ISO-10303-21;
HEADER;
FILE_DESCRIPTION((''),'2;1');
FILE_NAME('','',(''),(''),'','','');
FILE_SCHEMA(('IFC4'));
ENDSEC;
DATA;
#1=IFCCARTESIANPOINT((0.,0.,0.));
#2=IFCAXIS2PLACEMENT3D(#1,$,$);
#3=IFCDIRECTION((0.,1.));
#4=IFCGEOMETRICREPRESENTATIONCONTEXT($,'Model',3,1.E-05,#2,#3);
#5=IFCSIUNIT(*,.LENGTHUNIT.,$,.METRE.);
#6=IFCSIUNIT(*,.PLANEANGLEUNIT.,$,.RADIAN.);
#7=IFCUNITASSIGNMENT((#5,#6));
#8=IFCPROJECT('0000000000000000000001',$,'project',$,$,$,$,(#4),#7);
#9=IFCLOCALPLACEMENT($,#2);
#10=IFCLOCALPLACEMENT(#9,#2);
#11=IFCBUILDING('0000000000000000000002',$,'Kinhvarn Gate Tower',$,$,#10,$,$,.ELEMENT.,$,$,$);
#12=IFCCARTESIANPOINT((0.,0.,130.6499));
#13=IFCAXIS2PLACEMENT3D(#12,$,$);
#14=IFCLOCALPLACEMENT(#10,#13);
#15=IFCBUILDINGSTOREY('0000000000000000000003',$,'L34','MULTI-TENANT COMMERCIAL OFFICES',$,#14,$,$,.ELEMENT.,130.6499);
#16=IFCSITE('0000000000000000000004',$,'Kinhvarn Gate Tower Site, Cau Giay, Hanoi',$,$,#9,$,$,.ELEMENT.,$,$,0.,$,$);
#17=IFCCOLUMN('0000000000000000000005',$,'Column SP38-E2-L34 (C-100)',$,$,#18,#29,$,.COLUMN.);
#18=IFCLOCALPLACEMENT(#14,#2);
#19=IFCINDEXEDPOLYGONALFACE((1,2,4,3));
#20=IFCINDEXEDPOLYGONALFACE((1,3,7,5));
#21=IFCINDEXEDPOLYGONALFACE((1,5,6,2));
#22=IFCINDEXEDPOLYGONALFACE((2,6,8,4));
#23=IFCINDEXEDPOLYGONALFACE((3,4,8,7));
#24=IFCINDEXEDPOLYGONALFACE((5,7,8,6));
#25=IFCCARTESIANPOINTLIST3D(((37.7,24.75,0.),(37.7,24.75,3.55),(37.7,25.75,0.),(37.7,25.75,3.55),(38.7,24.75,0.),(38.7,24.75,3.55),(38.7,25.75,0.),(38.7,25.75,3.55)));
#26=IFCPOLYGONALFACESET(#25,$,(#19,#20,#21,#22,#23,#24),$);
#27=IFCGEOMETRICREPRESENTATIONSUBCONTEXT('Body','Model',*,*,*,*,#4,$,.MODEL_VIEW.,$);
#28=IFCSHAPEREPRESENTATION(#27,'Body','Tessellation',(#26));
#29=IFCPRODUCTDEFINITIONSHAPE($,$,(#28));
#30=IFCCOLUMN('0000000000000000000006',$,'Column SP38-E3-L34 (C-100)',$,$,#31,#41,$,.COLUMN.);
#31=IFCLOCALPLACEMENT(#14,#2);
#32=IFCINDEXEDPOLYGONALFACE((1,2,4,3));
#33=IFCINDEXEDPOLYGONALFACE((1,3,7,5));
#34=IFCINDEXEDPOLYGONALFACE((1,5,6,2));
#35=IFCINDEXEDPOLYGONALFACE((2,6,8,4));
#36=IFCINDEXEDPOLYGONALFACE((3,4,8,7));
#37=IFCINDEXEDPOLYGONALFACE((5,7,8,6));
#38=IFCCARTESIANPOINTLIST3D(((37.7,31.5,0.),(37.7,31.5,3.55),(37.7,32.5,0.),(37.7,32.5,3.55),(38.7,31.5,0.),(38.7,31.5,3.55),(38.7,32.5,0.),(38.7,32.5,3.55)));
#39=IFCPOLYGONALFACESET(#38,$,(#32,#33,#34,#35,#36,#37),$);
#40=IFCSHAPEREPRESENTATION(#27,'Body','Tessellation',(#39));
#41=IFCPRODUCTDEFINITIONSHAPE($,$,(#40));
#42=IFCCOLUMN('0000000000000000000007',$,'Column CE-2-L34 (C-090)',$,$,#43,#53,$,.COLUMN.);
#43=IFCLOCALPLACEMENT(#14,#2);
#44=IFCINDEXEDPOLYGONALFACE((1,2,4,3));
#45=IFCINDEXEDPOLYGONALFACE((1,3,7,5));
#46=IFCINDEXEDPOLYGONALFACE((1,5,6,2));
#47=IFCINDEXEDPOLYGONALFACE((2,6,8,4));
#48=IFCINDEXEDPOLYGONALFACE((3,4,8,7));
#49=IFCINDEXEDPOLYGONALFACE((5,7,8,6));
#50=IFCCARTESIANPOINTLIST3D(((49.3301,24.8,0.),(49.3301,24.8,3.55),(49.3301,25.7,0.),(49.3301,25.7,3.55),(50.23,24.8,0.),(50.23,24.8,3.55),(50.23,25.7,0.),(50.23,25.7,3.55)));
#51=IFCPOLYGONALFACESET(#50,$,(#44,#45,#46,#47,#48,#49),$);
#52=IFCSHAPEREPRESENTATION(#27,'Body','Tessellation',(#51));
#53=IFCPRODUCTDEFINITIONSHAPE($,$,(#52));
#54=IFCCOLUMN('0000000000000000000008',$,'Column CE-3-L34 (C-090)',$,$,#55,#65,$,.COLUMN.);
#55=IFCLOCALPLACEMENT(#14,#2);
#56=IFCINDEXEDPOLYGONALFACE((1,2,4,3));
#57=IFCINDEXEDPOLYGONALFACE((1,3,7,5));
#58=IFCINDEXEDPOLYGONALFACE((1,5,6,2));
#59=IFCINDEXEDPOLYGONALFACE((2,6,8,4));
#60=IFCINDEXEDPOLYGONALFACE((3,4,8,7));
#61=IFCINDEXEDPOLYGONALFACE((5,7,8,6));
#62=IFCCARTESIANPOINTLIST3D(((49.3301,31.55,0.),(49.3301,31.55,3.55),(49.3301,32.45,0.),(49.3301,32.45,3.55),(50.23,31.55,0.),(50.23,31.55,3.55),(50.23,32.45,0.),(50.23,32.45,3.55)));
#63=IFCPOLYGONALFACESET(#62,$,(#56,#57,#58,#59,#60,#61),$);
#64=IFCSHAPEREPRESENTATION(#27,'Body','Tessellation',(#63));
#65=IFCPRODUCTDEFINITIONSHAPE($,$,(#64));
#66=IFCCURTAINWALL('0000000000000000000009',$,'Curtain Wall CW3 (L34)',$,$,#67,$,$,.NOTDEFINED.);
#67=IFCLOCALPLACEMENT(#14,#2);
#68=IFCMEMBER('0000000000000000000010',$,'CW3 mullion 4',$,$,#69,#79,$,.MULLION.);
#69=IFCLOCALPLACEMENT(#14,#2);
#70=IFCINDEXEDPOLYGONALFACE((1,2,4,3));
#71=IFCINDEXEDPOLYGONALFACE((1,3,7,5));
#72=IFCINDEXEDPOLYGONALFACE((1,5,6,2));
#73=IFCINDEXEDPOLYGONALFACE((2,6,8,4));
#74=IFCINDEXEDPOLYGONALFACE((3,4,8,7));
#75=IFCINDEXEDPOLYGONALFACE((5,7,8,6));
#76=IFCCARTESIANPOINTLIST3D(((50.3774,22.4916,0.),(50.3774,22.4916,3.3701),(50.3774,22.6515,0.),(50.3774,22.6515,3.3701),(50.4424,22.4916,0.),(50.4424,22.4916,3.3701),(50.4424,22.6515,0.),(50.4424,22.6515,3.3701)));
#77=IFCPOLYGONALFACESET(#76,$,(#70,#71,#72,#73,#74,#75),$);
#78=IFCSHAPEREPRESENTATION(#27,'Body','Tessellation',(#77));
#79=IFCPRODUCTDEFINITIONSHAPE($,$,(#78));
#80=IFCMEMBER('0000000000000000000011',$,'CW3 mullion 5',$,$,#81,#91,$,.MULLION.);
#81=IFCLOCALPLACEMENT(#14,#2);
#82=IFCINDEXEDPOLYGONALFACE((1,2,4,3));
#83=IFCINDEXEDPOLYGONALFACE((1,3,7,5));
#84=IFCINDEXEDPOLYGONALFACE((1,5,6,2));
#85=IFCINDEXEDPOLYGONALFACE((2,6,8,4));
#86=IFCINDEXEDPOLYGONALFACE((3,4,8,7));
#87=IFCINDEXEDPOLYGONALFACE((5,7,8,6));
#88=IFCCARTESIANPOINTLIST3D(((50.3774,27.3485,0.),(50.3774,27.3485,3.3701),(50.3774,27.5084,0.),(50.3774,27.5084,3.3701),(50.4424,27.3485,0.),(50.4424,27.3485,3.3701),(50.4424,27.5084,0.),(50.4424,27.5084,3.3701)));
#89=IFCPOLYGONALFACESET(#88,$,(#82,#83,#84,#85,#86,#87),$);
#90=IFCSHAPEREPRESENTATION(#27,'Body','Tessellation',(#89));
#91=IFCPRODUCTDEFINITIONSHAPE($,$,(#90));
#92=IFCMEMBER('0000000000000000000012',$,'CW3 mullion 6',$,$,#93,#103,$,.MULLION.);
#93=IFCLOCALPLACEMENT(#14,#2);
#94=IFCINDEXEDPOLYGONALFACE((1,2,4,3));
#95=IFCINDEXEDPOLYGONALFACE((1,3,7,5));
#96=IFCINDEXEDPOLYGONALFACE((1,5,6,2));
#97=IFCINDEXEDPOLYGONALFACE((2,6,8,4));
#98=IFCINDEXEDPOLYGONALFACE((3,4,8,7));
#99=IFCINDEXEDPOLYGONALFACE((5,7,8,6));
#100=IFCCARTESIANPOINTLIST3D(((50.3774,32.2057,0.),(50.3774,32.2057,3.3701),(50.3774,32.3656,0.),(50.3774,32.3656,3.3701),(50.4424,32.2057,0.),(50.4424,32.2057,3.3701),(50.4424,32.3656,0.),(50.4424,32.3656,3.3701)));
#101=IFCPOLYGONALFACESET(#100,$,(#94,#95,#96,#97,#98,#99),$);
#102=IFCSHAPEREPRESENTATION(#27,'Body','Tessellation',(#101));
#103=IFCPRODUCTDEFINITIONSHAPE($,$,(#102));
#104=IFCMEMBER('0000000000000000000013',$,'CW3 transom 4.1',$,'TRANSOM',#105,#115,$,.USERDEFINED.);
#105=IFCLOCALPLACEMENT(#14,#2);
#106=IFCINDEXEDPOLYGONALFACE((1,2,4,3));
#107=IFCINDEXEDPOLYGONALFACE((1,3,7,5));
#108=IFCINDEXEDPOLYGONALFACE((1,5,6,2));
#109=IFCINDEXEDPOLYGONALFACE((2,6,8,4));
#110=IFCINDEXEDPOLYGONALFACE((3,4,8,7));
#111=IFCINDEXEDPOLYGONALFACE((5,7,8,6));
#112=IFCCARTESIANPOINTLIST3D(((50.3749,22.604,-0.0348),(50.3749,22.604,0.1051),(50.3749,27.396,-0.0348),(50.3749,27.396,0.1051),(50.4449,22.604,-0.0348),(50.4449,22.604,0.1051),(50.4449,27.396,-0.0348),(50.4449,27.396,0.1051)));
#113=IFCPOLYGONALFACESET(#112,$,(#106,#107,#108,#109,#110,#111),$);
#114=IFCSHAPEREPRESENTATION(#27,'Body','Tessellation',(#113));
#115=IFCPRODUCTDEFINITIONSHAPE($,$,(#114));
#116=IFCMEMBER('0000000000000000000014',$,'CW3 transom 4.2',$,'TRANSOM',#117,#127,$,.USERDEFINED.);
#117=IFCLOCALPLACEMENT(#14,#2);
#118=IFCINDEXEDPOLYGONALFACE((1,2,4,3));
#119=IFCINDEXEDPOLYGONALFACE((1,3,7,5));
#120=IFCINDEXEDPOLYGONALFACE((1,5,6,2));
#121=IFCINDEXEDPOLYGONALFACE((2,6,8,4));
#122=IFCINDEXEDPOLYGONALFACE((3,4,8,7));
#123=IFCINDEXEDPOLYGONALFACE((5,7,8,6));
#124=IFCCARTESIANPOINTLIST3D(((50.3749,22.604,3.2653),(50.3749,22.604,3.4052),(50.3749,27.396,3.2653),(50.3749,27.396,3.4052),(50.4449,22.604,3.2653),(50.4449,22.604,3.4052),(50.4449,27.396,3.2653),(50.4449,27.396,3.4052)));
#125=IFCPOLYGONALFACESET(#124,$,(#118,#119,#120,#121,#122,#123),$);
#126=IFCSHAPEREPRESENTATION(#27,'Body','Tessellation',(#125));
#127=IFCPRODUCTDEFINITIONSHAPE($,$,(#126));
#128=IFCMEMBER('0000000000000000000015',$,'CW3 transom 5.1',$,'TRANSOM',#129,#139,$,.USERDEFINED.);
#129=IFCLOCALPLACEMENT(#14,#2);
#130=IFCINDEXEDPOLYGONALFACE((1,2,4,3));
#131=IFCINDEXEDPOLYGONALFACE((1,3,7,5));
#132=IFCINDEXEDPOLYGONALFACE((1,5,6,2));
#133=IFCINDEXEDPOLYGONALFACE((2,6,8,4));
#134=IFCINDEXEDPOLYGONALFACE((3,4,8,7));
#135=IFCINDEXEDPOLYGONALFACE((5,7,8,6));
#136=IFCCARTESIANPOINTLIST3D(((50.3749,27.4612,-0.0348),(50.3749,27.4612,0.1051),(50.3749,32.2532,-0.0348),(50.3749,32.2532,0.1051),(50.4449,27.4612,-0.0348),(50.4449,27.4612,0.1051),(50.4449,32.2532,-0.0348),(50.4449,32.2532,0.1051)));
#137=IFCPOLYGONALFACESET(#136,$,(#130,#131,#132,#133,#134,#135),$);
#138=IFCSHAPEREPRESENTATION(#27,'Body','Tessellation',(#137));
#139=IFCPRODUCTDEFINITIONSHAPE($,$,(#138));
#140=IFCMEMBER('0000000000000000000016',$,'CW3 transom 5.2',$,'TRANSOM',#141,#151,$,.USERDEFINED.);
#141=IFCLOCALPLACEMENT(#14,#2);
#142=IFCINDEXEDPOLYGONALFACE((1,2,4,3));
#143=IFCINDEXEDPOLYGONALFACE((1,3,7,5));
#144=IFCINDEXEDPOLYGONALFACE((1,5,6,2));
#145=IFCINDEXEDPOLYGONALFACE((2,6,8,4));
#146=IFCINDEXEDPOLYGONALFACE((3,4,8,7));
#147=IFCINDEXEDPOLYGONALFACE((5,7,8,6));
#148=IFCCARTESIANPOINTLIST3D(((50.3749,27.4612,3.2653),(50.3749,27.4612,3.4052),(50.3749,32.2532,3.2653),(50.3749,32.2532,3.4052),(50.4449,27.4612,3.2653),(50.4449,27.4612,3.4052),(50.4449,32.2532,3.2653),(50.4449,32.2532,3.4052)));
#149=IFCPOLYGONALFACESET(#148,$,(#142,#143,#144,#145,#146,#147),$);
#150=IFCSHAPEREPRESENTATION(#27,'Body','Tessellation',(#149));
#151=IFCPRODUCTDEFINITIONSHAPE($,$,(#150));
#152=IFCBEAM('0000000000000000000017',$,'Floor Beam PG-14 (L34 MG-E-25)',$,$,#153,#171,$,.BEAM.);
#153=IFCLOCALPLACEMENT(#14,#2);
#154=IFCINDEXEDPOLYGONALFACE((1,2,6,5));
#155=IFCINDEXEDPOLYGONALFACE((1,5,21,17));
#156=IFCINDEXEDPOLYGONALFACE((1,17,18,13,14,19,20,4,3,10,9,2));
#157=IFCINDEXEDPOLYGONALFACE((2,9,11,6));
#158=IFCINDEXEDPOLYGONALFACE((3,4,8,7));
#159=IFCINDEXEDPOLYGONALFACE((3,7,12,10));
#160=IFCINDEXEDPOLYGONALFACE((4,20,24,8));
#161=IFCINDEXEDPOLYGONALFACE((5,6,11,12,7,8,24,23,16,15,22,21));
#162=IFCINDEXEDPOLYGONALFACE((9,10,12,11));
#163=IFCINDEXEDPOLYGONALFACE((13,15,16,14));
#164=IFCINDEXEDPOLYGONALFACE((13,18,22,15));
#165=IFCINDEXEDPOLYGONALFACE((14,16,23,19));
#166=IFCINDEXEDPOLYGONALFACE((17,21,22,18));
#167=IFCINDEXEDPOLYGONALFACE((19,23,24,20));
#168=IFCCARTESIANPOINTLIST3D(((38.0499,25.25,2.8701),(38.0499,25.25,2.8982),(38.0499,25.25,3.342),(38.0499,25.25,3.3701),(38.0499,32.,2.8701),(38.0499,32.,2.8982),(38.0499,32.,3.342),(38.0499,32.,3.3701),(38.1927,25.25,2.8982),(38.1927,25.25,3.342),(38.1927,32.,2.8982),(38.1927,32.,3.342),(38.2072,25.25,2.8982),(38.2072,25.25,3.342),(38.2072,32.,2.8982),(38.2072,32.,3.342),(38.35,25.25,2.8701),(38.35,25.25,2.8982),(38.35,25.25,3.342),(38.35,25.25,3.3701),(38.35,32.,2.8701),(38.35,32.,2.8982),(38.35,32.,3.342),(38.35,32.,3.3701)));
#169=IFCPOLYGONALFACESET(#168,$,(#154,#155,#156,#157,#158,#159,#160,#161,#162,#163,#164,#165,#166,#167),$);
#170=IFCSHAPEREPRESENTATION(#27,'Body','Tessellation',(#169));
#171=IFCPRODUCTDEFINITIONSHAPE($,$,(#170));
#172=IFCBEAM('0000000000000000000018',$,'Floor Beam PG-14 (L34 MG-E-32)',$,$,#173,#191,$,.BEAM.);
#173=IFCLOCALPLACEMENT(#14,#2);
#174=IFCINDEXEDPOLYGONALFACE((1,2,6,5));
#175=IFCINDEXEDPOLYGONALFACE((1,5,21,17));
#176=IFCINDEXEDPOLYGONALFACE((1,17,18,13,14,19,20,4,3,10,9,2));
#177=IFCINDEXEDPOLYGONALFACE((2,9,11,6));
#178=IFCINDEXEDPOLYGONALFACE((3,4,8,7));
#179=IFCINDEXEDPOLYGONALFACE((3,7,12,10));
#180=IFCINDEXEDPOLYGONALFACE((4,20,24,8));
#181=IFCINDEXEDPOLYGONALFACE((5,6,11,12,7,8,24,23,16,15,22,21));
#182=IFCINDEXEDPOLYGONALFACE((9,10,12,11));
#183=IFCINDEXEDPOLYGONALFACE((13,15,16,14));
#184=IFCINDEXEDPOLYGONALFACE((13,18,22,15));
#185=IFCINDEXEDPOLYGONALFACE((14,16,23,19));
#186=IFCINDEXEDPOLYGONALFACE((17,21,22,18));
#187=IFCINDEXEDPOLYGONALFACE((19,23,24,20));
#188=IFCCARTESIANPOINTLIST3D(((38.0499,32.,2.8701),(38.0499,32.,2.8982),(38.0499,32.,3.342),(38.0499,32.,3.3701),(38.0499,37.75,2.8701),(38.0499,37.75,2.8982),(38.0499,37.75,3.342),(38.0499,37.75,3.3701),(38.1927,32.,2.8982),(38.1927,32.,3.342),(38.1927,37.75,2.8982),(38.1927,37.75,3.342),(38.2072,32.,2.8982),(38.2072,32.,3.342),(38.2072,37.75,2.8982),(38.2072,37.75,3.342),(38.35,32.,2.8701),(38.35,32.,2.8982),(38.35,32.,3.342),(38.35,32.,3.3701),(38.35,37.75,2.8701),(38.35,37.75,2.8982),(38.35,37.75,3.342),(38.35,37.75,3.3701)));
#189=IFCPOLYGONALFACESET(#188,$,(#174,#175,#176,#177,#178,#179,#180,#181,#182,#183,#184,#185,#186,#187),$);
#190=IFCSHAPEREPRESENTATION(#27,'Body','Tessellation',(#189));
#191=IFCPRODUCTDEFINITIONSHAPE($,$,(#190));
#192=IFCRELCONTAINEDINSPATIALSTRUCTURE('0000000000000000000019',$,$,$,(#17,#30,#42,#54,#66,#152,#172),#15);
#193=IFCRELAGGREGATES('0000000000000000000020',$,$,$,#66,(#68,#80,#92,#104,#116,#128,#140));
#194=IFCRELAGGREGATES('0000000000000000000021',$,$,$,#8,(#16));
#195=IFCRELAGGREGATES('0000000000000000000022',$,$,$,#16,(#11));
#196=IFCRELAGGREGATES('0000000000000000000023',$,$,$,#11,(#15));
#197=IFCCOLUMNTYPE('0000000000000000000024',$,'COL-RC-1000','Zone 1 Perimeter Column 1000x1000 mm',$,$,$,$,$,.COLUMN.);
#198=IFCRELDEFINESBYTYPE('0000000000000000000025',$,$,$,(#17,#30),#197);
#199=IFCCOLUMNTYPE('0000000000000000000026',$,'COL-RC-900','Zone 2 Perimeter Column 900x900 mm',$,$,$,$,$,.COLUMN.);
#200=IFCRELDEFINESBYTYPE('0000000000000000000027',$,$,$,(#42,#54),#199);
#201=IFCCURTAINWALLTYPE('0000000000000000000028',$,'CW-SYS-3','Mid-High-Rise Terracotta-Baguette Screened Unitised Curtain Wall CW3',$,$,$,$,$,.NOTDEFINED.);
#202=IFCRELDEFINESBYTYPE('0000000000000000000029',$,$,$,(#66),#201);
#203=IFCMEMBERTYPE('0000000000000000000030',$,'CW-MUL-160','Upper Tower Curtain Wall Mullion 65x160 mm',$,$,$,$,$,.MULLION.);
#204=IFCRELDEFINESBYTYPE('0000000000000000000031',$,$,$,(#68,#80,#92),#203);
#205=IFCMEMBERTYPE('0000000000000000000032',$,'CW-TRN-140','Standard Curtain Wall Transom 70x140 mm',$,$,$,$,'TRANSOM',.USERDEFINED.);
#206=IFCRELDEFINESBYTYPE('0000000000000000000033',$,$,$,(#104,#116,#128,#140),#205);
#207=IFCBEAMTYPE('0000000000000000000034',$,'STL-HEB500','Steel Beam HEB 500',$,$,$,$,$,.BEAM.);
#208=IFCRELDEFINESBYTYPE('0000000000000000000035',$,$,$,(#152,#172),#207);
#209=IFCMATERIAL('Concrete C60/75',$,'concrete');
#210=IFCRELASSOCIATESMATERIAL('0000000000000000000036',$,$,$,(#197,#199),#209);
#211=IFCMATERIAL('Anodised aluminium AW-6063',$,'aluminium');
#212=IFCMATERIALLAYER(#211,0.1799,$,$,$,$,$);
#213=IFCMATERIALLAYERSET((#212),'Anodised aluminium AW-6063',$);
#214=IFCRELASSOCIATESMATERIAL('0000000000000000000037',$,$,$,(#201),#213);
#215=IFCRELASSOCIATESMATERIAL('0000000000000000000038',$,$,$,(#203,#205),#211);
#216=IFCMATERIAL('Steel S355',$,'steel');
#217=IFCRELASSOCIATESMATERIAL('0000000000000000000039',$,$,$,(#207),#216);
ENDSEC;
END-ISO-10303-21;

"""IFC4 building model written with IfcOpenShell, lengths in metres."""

from ifc_helpers import new_model, si_unit, direction, frame, origin, origin_2d, place, context, subcontext, project, spatial, rectangle, i_section, extrude, material, layer, layer_set, material_profile, profile_set, type_object, element, aggregate, save


model = new_model("IFC4")

# Units and contexts
model_context = context("Model", 3, precision=1e-05, world=origin(), true_north=direction((0.0, 1.0)))
body_context = subcontext(model_context, "Body", "Model", "MODEL_VIEW")
ifc_project = project(units=[si_unit("LENGTHUNIT", "METRE"), si_unit("PLANEANGLEUNIT", "RADIAN")], contexts=[model_context])

# Site, building, storey
site_placement = place(None, origin())
site = spatial("IfcSite", under=ifc_project, at=site_placement, Name="Kinhvarn Gate Tower Site, Cau Giay, Hanoi", CompositionType="ELEMENT", RefElevation=0.0)
building_placement = place(site_placement, origin())
building = spatial("IfcBuilding", under=site, at=building_placement, Name="Kinhvarn Gate Tower", CompositionType="ELEMENT")
storey_placement = place(building_placement, frame((0.0, 0.0, 130.6499)))
storey = spatial("IfcBuildingStorey", under=building, at=storey_placement, Name="L34", Description="MULTI-TENANT COMMERCIAL OFFICES", CompositionType="ELEMENT", Elevation=130.6499)

# Columns
ifc_material_1 = material(Name="Concrete C60/75", Category="concrete")
ifc_material_profile_1 = material_profile(ifc_material_1, rectangle(XDim=1.0, YDim=1.0, at=origin_2d()), Name="RC 1000x1000")
ifc_profile_set_1 = profile_set([ifc_material_profile_1], Name="Concrete C60/75")
column_type_1 = type_object("IfcColumnType", Name="COL-RC-1000", Description="Zone 1 Perimeter Column 1000x1000 mm", PredefinedType="COLUMN", material=ifc_profile_set_1)
for number, where, z_axis, x_axis, name in (
    (1, (38.2, 25.25, 0.0), (0.0, 0.0, 1.0), (1.0, 0.0, 0.0), "Column SP38-E2-L34 (C-100)"),
    (2, (38.2, 32.0, 0.0), (0.0, 0.0, 1.0), (1.0, 0.0, 0.0), "Column SP38-E3-L34 (C-100)"),
):
    element("IfcColumn", number, at=place(storey_placement, frame(where, z_axis=z_axis, x_axis=x_axis)), inside=storey, type_object=column_type_1, Name=name, PredefinedType="COLUMN", context=body_context, shape_type="SweptSolid", body=[
        extrude(rectangle(XDim=1.0, YDim=1.0, at=origin_2d()), origin(), (0.0, 0.0, 1.0), 3.55),
    ])
ifc_material_profile_2 = material_profile(ifc_material_1, rectangle(XDim=0.8999, YDim=0.8999, at=origin_2d()), Name="RC 900x900")
ifc_profile_set_2 = profile_set([ifc_material_profile_2], Name="Concrete C60/75")
column_type_2 = type_object("IfcColumnType", Name="COL-RC-900", Description="Zone 2 Perimeter Column 900x900 mm", PredefinedType="COLUMN", material=ifc_profile_set_2)
for number, where, z_axis, x_axis, name in (
    (3, (49.78, 25.25, 0.0), (0.0, 0.0, 1.0), (1.0, 0.0, 0.0), "Column CE-2-L34 (C-090)"),
    (4, (49.78, 32.0, 0.0), (0.0, 0.0, 1.0), (1.0, 0.0, 0.0), "Column CE-3-L34 (C-090)"),
):
    element("IfcColumn", number, at=place(storey_placement, frame(where, z_axis=z_axis, x_axis=x_axis)), inside=storey, type_object=column_type_2, Name=name, PredefinedType="COLUMN", context=body_context, shape_type="SweptSolid", body=[
        extrude(rectangle(XDim=0.8999, YDim=0.8999, at=origin_2d()), origin(), (0.0, 0.0, 1.0), 3.55),
    ])

# Curtain wall, members
ifc_material_2 = material(Name="Anodised aluminium AW-6063", Category="aluminium")
ifc_layer_1 = layer(ifc_material_2, 0.1799)
ifc_layer_set_1 = layer_set([ifc_layer_1], Name="Anodised aluminium AW-6063")
curtain_wall_type = type_object("IfcCurtainWallType", Name="CW-SYS-3", Description="Mid-High-Rise Terracotta-Baguette Screened Unitised Curtain Wall CW3", PredefinedType="NOTDEFINED", material=ifc_layer_set_1)
curtain_wall_placement = place(storey_placement, origin())
curtain_wall = element("IfcCurtainWall", 5, at=curtain_wall_placement, inside=storey, type_object=curtain_wall_type, Name="Curtain Wall CW3 (L34)", PredefinedType="NOTDEFINED")
ifc_material_profile_3 = material_profile(ifc_material_2, rectangle(XDim=0.0649, YDim=0.1599, at=origin_2d()), Name="ALU 65x160")
ifc_profile_set_3 = profile_set([ifc_material_profile_3], Name="Anodised aluminium AW-6063")
member_type_1 = type_object("IfcMemberType", Name="CW-MUL-160", Description="Upper Tower Curtain Wall Mullion 65x160 mm", PredefinedType="MULLION", material=ifc_profile_set_3)
member_1_placement = place(storey_placement, frame((50.4099, 22.5715, 0.0), z_axis=(0.0, 0.0, 1.0), x_axis=(-1.0, 0.0, 0.0)))
member_1 = element("IfcMember", 6, at=member_1_placement, type_object=member_type_1, Name="CW3 mullion 4", PredefinedType="MULLION", context=body_context, shape_type="SweptSolid", body=[
    extrude(rectangle(XDim=0.0649, YDim=0.1599, at=origin_2d()), origin(), (0.0, 0.0, 1.0), 3.3701),
])
member_2_placement = place(storey_placement, frame((50.4099, 27.4285, 0.0), z_axis=(0.0, 0.0, 1.0), x_axis=(-1.0, 0.0, 0.0)))
member_2 = element("IfcMember", 7, at=member_2_placement, type_object=member_type_1, Name="CW3 mullion 5", PredefinedType="MULLION", context=body_context, shape_type="SweptSolid", body=[
    extrude(rectangle(XDim=0.0649, YDim=0.1599, at=origin_2d()), origin(), (0.0, 0.0, 1.0), 3.3701),
])
member_3_placement = place(storey_placement, frame((50.4099, 32.2856, 0.0), z_axis=(0.0, 0.0, 1.0), x_axis=(-1.0, 0.0, 0.0)))
member_3 = element("IfcMember", 8, at=member_3_placement, type_object=member_type_1, Name="CW3 mullion 6", PredefinedType="MULLION", context=body_context, shape_type="SweptSolid", body=[
    extrude(rectangle(XDim=0.0649, YDim=0.1599, at=origin_2d()), origin(), (0.0, 0.0, 1.0), 3.3701),
])
ifc_material_profile_4 = material_profile(ifc_material_2, rectangle(XDim=0.0701, YDim=0.1399, at=origin_2d()), Name="ALU 70x140")
ifc_profile_set_4 = profile_set([ifc_material_profile_4], Name="Anodised aluminium AW-6063")
member_type_2 = type_object("IfcMemberType", Name="CW-TRN-140", Description="Standard Curtain Wall Transom 70x140 mm", ElementType="TRANSOM", PredefinedType="USERDEFINED", material=ifc_profile_set_4)
member_4_placement = place(storey_placement, frame((50.4099, 22.604, 0.0352), z_axis=(0.0, 1.0, 0.0), x_axis=(-1.0, 0.0, 0.0)))
member_4 = element("IfcMember", 9, at=member_4_placement, type_object=member_type_2, Name="CW3 transom 4.1", ObjectType="TRANSOM", PredefinedType="USERDEFINED", context=body_context, shape_type="SweptSolid", body=[
    extrude(rectangle(XDim=0.0701, YDim=0.1399, at=origin_2d()), origin(), (0.0, 0.0, 1.0), 4.792),
])
member_5_placement = place(storey_placement, frame((50.4099, 22.604, 3.3352), z_axis=(0.0, 1.0, 0.0), x_axis=(-1.0, 0.0, 0.0)))
member_5 = element("IfcMember", 10, at=member_5_placement, type_object=member_type_2, Name="CW3 transom 4.2", ObjectType="TRANSOM", PredefinedType="USERDEFINED", context=body_context, shape_type="SweptSolid", body=[
    extrude(rectangle(XDim=0.0701, YDim=0.1399, at=origin_2d()), origin(), (0.0, 0.0, 1.0), 4.792),
])
member_6_placement = place(storey_placement, frame((50.4099, 27.4612, 0.0352), z_axis=(0.0, 1.0, 0.0), x_axis=(-1.0, 0.0, 0.0)))
member_6 = element("IfcMember", 11, at=member_6_placement, type_object=member_type_2, Name="CW3 transom 5.1", ObjectType="TRANSOM", PredefinedType="USERDEFINED", context=body_context, shape_type="SweptSolid", body=[
    extrude(rectangle(XDim=0.0701, YDim=0.1399, at=origin_2d()), origin(), (0.0, 0.0, 1.0), 4.792),
])
member_7_placement = place(storey_placement, frame((50.4099, 27.4612, 3.3352), z_axis=(0.0, 1.0, 0.0), x_axis=(-1.0, 0.0, 0.0)))
member_7 = element("IfcMember", 12, at=member_7_placement, type_object=member_type_2, Name="CW3 transom 5.2", ObjectType="TRANSOM", PredefinedType="USERDEFINED", context=body_context, shape_type="SweptSolid", body=[
    extrude(rectangle(XDim=0.0701, YDim=0.1399, at=origin_2d()), origin(), (0.0, 0.0, 1.0), 4.792),
])

# Beams
ifc_material_3 = material(Name="Steel S355", Category="steel")
ifc_material_profile_5 = material_profile(ifc_material_3, i_section(OverallWidth=0.3, OverallDepth=0.5, WebThickness=0.0144, FlangeThickness=0.0281, at=origin_2d()), Name="HEB 500")
ifc_profile_set_5 = profile_set([ifc_material_profile_5], Name="Steel S355")
beam_type_1 = type_object("IfcBeamType", Name="STL-HEB500", Description="Steel Beam HEB 500", PredefinedType="BEAM", material=ifc_profile_set_5)
beam_1_placement = place(storey_placement, frame((38.2, 25.25, 3.1201), z_axis=(0.0, 1.0, 0.0), x_axis=(-1.0, 0.0, 0.0)))
element("IfcBeam", 13, at=beam_1_placement, inside=storey, type_object=beam_type_1, Name="Floor Beam PG-14 (L34 MG-E-25)", PredefinedType="BEAM", context=body_context, shape_type="SweptSolid", body=[
    extrude(i_section(OverallWidth=0.3, OverallDepth=0.5, WebThickness=0.0144, FlangeThickness=0.0281, at=origin_2d()), origin(), (0.0, 0.0, 1.0), 6.75),
])
beam_2_placement = place(storey_placement, frame((38.2, 32.0, 3.1201), z_axis=(0.0, 1.0, 0.0), x_axis=(-1.0, 0.0, 0.0)))
element("IfcBeam", 14, at=beam_2_placement, inside=storey, type_object=beam_type_1, Name="Floor Beam PG-14 (L34 MG-E-32)", PredefinedType="BEAM", context=body_context, shape_type="SweptSolid", body=[
    extrude(i_section(OverallWidth=0.3, OverallDepth=0.5, WebThickness=0.0144, FlangeThickness=0.0281, at=origin_2d()), origin(), (0.0, 0.0, 1.0), 5.75),
])

aggregate(curtain_wall, [member_1, member_2, member_3, member_4, member_5, member_6, member_7])

save(model, "model.ifc")
